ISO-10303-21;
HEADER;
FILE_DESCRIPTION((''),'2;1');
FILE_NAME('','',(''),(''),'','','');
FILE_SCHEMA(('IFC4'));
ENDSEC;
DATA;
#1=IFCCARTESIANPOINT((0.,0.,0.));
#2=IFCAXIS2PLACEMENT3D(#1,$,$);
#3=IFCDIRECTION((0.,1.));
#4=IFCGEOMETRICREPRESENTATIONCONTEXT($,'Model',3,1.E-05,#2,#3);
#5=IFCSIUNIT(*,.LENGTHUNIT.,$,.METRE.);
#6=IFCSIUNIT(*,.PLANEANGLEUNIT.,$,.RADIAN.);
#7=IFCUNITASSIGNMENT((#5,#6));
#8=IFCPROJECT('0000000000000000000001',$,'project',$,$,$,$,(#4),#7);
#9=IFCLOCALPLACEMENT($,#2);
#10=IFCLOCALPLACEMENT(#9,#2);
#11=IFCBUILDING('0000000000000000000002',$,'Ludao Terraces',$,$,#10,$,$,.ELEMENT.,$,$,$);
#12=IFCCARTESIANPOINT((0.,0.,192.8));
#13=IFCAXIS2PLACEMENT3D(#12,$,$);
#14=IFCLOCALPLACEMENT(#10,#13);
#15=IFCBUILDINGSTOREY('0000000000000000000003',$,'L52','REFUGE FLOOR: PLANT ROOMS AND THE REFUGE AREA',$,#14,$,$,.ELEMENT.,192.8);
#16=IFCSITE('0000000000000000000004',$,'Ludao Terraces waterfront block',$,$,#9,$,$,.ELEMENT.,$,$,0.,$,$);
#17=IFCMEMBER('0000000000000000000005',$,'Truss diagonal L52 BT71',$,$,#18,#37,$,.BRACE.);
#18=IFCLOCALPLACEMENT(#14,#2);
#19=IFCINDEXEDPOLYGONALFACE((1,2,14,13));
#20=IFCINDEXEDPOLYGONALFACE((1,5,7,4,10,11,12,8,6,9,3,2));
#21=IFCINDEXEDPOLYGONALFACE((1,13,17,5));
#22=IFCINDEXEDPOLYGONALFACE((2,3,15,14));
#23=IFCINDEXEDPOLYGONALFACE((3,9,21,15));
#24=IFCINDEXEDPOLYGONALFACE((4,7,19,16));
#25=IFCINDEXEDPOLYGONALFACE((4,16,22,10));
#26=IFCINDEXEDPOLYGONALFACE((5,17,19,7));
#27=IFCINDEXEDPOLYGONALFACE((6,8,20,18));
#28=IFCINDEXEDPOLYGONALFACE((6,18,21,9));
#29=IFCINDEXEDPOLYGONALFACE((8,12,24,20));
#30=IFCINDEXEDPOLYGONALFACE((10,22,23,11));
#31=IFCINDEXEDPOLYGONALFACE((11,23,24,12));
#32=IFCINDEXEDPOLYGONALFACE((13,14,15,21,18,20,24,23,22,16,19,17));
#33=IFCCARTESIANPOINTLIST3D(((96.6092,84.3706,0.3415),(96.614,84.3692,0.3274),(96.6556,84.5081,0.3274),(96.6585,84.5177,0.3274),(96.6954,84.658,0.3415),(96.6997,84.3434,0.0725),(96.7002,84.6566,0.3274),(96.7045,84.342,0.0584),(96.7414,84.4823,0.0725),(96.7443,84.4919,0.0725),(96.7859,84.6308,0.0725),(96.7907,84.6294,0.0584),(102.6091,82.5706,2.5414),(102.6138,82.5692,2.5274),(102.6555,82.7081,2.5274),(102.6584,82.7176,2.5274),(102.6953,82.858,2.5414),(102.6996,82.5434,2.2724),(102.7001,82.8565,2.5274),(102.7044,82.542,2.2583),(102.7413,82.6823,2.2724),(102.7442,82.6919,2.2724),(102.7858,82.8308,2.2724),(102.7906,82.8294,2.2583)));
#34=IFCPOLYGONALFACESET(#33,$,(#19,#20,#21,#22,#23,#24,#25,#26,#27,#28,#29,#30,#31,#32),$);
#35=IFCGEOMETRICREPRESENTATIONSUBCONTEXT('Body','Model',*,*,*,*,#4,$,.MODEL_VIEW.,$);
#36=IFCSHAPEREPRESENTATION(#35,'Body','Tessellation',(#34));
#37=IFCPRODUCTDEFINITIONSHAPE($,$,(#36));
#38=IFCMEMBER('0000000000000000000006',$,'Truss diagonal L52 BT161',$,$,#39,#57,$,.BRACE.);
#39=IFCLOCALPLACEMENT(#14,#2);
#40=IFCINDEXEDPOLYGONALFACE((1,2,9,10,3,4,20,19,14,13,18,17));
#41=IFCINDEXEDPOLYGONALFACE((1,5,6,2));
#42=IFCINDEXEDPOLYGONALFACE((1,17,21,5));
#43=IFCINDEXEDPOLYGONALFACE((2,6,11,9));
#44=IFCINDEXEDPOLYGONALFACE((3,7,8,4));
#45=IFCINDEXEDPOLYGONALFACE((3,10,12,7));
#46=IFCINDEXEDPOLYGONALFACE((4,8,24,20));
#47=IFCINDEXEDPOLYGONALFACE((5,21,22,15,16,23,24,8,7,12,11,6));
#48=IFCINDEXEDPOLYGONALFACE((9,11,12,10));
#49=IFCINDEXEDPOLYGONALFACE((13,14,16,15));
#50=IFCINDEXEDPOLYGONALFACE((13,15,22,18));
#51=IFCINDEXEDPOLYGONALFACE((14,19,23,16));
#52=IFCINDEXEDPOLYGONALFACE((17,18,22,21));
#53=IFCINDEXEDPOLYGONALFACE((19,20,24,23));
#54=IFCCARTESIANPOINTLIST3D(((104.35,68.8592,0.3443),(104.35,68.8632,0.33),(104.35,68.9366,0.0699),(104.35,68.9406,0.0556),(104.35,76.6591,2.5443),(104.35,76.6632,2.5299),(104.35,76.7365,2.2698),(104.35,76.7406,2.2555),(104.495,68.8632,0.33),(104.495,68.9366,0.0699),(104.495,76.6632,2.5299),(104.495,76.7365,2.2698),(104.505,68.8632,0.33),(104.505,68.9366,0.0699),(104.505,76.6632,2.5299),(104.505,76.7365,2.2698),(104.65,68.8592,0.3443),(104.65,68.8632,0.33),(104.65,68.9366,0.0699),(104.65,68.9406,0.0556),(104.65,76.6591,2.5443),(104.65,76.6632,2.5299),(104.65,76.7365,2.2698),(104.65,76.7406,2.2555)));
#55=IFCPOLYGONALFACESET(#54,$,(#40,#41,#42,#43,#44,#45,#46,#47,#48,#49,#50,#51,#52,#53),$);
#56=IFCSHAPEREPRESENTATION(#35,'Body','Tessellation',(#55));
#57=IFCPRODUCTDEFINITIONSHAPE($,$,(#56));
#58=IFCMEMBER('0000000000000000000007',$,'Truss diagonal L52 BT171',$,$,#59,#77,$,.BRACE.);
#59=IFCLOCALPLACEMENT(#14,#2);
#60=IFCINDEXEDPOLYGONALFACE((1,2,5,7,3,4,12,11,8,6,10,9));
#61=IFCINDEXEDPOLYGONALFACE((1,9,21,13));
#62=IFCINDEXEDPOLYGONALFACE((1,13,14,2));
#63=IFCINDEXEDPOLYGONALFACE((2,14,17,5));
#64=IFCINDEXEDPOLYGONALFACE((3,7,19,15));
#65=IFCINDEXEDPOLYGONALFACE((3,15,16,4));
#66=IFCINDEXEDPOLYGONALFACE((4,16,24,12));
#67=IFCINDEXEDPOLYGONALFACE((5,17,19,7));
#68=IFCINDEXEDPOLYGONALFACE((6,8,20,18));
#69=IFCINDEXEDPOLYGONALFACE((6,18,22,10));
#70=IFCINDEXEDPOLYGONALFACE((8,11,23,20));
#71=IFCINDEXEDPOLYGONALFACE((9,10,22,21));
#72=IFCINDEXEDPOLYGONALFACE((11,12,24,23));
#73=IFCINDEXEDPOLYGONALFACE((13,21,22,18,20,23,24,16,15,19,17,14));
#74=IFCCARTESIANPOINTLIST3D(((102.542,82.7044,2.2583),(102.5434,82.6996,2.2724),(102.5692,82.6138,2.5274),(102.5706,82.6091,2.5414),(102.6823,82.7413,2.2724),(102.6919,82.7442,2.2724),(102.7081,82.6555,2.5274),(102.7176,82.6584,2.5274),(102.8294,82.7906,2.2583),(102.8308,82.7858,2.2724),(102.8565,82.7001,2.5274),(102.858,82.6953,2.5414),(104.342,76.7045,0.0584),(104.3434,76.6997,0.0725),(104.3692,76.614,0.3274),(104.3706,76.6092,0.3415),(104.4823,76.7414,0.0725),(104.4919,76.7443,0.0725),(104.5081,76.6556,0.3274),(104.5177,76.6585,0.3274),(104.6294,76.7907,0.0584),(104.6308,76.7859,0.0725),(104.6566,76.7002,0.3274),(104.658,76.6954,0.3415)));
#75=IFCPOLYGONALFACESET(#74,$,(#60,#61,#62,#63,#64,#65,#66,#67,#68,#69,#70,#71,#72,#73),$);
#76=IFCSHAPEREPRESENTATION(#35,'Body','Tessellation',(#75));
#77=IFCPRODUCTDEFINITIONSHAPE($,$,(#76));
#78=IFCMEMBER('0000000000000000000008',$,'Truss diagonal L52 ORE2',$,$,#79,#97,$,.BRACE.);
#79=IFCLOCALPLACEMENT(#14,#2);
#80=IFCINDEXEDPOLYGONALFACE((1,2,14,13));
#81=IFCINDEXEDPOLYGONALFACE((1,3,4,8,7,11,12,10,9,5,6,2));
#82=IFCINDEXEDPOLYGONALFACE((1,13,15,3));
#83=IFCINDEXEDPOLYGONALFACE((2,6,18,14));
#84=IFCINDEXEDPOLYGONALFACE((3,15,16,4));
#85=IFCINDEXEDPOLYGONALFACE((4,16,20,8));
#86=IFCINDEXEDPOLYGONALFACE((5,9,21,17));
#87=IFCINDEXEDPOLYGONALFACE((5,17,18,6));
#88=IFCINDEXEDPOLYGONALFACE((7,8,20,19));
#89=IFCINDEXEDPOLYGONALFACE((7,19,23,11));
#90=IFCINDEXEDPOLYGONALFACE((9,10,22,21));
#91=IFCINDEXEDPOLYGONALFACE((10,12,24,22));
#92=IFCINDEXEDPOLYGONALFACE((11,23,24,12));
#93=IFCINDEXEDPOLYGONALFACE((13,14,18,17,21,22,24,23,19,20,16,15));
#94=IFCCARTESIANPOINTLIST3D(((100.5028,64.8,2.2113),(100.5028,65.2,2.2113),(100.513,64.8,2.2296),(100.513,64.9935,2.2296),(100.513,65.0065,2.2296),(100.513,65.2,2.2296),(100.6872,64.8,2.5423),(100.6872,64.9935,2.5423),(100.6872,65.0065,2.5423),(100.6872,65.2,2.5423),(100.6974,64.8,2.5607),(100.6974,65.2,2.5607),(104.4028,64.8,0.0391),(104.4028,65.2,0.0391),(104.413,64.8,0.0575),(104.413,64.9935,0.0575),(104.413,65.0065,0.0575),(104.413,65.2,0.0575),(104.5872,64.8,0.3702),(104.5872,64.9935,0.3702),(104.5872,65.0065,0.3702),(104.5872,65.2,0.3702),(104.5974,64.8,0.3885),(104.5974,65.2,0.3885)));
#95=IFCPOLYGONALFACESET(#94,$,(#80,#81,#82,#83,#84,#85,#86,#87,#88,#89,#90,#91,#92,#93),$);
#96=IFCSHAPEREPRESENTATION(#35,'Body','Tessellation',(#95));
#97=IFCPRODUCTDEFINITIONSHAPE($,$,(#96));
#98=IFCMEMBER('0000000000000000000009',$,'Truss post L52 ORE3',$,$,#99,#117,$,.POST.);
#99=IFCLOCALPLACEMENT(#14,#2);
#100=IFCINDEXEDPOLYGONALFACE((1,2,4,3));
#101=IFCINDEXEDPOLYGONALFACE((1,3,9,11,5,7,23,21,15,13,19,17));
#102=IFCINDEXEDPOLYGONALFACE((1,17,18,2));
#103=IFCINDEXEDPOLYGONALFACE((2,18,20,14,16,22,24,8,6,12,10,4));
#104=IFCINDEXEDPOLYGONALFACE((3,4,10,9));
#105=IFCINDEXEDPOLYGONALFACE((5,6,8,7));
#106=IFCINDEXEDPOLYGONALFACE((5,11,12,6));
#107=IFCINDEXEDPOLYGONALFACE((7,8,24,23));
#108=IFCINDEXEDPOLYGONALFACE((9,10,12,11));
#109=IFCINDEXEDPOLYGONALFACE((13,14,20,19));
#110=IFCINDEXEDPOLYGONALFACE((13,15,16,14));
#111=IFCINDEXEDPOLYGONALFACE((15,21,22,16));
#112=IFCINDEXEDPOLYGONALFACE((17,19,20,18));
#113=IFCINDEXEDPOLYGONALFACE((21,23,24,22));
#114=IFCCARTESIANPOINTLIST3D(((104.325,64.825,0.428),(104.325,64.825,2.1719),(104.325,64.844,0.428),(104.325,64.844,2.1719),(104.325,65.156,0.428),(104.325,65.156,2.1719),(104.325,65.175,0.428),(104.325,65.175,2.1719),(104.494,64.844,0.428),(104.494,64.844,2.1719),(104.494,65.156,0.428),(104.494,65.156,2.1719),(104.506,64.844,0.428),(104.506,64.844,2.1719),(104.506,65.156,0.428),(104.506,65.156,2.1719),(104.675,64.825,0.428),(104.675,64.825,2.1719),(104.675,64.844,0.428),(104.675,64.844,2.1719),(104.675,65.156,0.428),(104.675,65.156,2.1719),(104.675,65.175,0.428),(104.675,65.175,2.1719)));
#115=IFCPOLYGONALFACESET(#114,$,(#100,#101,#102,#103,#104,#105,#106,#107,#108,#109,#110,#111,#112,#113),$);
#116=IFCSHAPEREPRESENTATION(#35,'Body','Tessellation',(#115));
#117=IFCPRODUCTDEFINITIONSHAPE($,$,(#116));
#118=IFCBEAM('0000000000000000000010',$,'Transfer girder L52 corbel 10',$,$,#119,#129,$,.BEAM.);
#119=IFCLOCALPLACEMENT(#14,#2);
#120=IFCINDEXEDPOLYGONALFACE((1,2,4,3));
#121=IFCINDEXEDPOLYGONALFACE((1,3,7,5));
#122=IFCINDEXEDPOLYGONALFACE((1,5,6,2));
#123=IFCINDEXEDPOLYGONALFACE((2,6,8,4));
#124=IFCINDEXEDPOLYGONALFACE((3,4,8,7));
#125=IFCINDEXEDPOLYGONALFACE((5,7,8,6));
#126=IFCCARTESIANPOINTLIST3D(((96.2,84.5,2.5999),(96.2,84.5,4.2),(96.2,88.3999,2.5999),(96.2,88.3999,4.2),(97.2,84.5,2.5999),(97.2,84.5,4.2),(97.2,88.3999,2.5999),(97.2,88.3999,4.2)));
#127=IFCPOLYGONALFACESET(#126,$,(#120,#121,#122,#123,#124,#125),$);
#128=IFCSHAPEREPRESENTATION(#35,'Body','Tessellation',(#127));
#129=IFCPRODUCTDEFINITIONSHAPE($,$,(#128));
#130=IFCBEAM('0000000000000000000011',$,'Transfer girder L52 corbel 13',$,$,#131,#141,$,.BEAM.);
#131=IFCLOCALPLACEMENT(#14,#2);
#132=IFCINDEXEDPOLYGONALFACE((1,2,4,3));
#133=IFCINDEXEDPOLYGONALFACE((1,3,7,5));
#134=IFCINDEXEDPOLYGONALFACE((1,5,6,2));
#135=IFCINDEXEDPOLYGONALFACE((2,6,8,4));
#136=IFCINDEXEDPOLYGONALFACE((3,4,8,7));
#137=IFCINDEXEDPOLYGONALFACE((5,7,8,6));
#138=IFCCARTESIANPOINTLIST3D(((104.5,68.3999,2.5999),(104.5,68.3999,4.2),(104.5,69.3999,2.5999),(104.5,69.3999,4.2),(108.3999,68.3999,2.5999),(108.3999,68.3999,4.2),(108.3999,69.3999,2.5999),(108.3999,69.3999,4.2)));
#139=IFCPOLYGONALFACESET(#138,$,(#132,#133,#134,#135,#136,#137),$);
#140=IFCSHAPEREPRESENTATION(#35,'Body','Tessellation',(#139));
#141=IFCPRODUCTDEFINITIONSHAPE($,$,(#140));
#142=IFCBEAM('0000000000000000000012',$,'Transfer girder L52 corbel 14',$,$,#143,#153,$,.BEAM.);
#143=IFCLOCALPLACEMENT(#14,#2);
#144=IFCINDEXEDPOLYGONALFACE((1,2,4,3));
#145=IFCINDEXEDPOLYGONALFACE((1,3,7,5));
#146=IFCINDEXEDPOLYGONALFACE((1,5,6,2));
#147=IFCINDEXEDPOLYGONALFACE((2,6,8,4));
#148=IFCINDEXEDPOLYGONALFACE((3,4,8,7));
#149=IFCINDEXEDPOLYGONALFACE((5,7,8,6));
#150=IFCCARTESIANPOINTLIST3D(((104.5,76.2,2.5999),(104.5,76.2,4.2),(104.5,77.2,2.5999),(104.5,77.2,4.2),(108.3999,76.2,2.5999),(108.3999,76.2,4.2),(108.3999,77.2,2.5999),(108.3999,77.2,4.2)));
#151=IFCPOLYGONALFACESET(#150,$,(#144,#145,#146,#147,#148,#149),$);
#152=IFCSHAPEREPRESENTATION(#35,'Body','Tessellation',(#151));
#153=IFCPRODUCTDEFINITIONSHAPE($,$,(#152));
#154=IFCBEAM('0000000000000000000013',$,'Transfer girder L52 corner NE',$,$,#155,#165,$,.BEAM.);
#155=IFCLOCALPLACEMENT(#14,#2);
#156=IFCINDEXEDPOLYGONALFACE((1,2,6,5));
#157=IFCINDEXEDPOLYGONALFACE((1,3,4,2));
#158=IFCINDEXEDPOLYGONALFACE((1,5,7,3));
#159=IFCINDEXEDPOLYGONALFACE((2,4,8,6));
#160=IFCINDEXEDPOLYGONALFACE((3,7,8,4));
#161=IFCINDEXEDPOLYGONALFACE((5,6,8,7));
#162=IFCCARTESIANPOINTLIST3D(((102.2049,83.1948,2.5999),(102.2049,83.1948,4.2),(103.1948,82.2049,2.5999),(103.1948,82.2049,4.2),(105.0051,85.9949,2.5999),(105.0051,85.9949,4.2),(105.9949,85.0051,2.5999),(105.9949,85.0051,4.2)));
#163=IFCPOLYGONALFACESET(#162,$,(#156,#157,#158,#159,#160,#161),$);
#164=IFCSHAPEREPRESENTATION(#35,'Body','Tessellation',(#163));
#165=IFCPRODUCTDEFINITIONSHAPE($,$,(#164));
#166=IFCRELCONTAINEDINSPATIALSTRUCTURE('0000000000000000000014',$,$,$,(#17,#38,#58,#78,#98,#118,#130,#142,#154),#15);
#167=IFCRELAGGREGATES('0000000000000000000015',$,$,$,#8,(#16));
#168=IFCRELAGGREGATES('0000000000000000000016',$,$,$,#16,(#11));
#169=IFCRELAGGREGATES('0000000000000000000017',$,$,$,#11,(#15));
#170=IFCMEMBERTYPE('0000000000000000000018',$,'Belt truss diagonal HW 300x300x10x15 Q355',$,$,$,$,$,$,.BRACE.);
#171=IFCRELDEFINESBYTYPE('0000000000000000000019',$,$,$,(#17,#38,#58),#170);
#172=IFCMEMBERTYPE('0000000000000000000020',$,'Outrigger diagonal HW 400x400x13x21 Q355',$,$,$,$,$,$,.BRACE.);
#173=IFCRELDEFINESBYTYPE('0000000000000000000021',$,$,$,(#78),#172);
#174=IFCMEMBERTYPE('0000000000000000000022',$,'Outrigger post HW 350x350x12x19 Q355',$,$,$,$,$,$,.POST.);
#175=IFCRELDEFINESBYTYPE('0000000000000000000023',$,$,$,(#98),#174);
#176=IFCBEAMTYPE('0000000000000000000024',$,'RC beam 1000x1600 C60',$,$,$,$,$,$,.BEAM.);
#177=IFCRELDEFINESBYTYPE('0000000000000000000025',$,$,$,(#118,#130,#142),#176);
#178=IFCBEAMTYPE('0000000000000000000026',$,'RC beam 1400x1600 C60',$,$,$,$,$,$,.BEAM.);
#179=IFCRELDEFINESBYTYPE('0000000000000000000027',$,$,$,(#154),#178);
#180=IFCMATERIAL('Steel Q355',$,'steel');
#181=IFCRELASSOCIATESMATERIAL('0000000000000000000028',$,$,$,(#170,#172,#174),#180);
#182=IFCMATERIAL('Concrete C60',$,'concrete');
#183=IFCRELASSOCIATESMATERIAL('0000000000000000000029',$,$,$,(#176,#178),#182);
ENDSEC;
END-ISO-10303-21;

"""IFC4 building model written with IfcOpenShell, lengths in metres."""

from ifc_helpers import new_model, si_unit, direction, frame, origin, origin_2d, place, context, subcontext, project, spatial, rectangle, i_section, extrude, material, material_profile, profile_set, type_object, element, save


model = new_model("IFC4")

# Units and contexts
model_context = context("Model", 3, precision=1e-05, world=origin(), true_north=direction((0.0, 1.0)))
body_context = subcontext(model_context, "Body", "Model", "MODEL_VIEW")
ifc_project = project(units=[si_unit("LENGTHUNIT", "METRE"), si_unit("PLANEANGLEUNIT", "RADIAN")], contexts=[model_context])

# Site, building, storey
site_placement = place(None, origin())
site = spatial("IfcSite", under=ifc_project, at=site_placement, Name="Ludao Terraces waterfront block", CompositionType="ELEMENT", RefElevation=0.0)
building_placement = place(site_placement, origin())
building = spatial("IfcBuilding", under=site, at=building_placement, Name="Ludao Terraces", CompositionType="ELEMENT")
storey_placement = place(building_placement, frame((0.0, 0.0, 192.8)))
storey = spatial("IfcBuildingStorey", under=building, at=storey_placement, Name="L52", Description="REFUGE FLOOR: PLANT ROOMS AND THE REFUGE AREA", CompositionType="ELEMENT", Elevation=192.8)

# Members
ifc_material_1 = material(Name="Steel Q355", Category="steel")
ifc_material_profile_1 = material_profile(ifc_material_1, i_section(OverallWidth=0.3, OverallDepth=0.3, WebThickness=0.01, FlangeThickness=0.0149, at=origin_2d()), Name="HW 300X300X10X15")
ifc_profile_set_1 = profile_set([ifc_material_profile_1], Name="Steel Q355")
member_type_1 = type_object("IfcMemberType", Name="Belt truss diagonal HW 300x300x10x15 Q355", PredefinedType="BRACE", material=ifc_profile_set_1)
member_1_placement = place(storey_placement, frame((96.7, 84.5, 0.2), z_axis=(0.903713, -0.271121, 0.331354), x_axis=(0.287355, 0.957824, 0.0)))
element("IfcMember", 1, at=member_1_placement, inside=storey, type_object=member_type_1, Name="Truss diagonal L52 BT71", PredefinedType="BRACE", context=body_context, shape_type="SweptSolid", body=[
    extrude(i_section(OverallWidth=0.3, OverallDepth=0.3, WebThickness=0.01, FlangeThickness=0.0149, at=origin_2d()), origin(), (0.0, 0.0, 1.0), 6.6392),
])
member_2_placement = place(storey_placement, frame((104.5, 68.8999, 0.2), z_axis=(0.0, 0.962452, 0.271453), x_axis=(-1.0, 0.0, 0.0)))
element("IfcMember", 2, at=member_2_placement, inside=storey, type_object=member_type_1, Name="Truss diagonal L52 BT161", PredefinedType="BRACE", context=body_context, shape_type="SweptSolid", body=[
    extrude(i_section(OverallWidth=0.3, OverallDepth=0.3, WebThickness=0.01, FlangeThickness=0.0149, at=origin_2d()), origin(), (0.0, 0.0, 1.0), 8.1042),
])
member_3_placement = place(storey_placement, frame((104.5, 76.7, 0.2), z_axis=(-0.271121, 0.903713, 0.331354), x_axis=(-0.957824, -0.287355, 0.0)))
element("IfcMember", 3, at=member_3_placement, inside=storey, type_object=member_type_1, Name="Truss diagonal L52 BT171", PredefinedType="BRACE", context=body_context, shape_type="SweptSolid", body=[
    extrude(i_section(OverallWidth=0.3, OverallDepth=0.3, WebThickness=0.01, FlangeThickness=0.0149, at=origin_2d()), origin(), (0.0, 0.0, 1.0), 6.6392),
])
ifc_material_profile_2 = material_profile(ifc_material_1, i_section(OverallWidth=0.3999, OverallDepth=0.3999, WebThickness=0.0129, FlangeThickness=0.021, at=origin_2d()), Name="HW 400X400X13X21")
ifc_profile_set_2 = profile_set([ifc_material_profile_2], Name="Steel Q355")
member_type_2 = type_object("IfcMemberType", Name="Outrigger diagonal HW 400x400x13x21 Q355", PredefinedType="BRACE", material=ifc_profile_set_2)
member_4_placement = place(storey_placement, frame((100.6001, 65.0, 2.386), z_axis=(0.873633, 0.0, -0.486585), x_axis=(0.0, 1.0, 0.0)))
element("IfcMember", 4, at=member_4_placement, inside=storey, type_object=member_type_2, Name="Truss diagonal L52 ORE2", PredefinedType="BRACE", context=body_context, shape_type="SweptSolid", body=[
    extrude(i_section(OverallWidth=0.3999, OverallDepth=0.3999, WebThickness=0.0129, FlangeThickness=0.021, at=origin_2d()), origin(), (0.0, 0.0, 1.0), 4.4641),
])
ifc_material_profile_3 = material_profile(ifc_material_1, i_section(OverallWidth=0.3501, OverallDepth=0.3501, WebThickness=0.012, FlangeThickness=0.019, at=origin_2d()), Name="HW 350X350X12X19")
ifc_profile_set_3 = profile_set([ifc_material_profile_3], Name="Steel Q355")
member_type_3 = type_object("IfcMemberType", Name="Outrigger post HW 350x350x12x19 Q355", PredefinedType="POST", material=ifc_profile_set_3)
member_5_placement = place(storey_placement, frame((104.5, 65.0, 0.428), z_axis=(0.0, 0.0, 1.0), x_axis=(1.0, 0.0, 0.0)))
element("IfcMember", 5, at=member_5_placement, inside=storey, type_object=member_type_3, Name="Truss post L52 ORE3", PredefinedType="POST", context=body_context, shape_type="SweptSolid", body=[
    extrude(i_section(OverallWidth=0.3501, OverallDepth=0.3501, WebThickness=0.012, FlangeThickness=0.019, at=origin_2d()), origin(), (0.0, 0.0, 1.0), 1.7439),
])

# Beams
ifc_material_2 = material(Name="Concrete C60", Category="concrete")
ifc_material_profile_4 = material_profile(ifc_material_2, rectangle(XDim=1.0, YDim=1.6001, at=origin_2d()), Name="1000 X 1600")
ifc_profile_set_4 = profile_set([ifc_material_profile_4], Name="Concrete C60")
beam_type_1 = type_object("IfcBeamType", Name="RC beam 1000x1600 C60", PredefinedType="BEAM", material=ifc_profile_set_4)
for number, where, z_axis, x_axis, name in (
    (6, (96.7, 88.3999, 3.3999), (0.0, -1.0, 0.0), (1.0, 0.0, 0.0), "Transfer girder L52 corbel 10"),
    (7, (108.3999, 68.8999, 3.3999), (-1.0, 0.0, 0.0), (0.0, -1.0, 0.0), "Transfer girder L52 corbel 13"),
    (8, (108.3999, 76.7, 3.3999), (-1.0, 0.0, 0.0), (0.0, -1.0, 0.0), "Transfer girder L52 corbel 14"),
):
    element("IfcBeam", number, at=place(storey_placement, frame(where, z_axis=z_axis, x_axis=x_axis)), inside=storey, type_object=beam_type_1, Name=name, PredefinedType="BEAM", context=body_context, shape_type="SweptSolid", body=[
        extrude(rectangle(XDim=1.0, YDim=1.6001, at=origin_2d()), origin(), (0.0, 0.0, 1.0), 3.8999),
    ])
ifc_material_profile_5 = material_profile(ifc_material_2, rectangle(XDim=1.3999, YDim=1.6001, at=origin_2d()), Name="1400 X 1600")
ifc_profile_set_5 = profile_set([ifc_material_profile_5], Name="Concrete C60")
beam_type_2 = type_object("IfcBeamType", Name="RC beam 1400x1600 C60", PredefinedType="BEAM", material=ifc_profile_set_5)
beam_placement = place(storey_placement, frame((105.5, 85.5, 3.3999), z_axis=(-0.707107, -0.707107, 0.0), x_axis=(0.707107, -0.707107, 0.0)))
element("IfcBeam", 9, at=beam_placement, inside=storey, type_object=beam_type_2, Name="Transfer girder L52 corner NE", PredefinedType="BEAM", context=body_context, shape_type="SweptSolid", body=[
    extrude(rectangle(XDim=1.3999, YDim=1.6001, at=origin_2d()), origin(), (0.0, 0.0, 1.0), 3.96),
])

save(model, "model.ifc")
